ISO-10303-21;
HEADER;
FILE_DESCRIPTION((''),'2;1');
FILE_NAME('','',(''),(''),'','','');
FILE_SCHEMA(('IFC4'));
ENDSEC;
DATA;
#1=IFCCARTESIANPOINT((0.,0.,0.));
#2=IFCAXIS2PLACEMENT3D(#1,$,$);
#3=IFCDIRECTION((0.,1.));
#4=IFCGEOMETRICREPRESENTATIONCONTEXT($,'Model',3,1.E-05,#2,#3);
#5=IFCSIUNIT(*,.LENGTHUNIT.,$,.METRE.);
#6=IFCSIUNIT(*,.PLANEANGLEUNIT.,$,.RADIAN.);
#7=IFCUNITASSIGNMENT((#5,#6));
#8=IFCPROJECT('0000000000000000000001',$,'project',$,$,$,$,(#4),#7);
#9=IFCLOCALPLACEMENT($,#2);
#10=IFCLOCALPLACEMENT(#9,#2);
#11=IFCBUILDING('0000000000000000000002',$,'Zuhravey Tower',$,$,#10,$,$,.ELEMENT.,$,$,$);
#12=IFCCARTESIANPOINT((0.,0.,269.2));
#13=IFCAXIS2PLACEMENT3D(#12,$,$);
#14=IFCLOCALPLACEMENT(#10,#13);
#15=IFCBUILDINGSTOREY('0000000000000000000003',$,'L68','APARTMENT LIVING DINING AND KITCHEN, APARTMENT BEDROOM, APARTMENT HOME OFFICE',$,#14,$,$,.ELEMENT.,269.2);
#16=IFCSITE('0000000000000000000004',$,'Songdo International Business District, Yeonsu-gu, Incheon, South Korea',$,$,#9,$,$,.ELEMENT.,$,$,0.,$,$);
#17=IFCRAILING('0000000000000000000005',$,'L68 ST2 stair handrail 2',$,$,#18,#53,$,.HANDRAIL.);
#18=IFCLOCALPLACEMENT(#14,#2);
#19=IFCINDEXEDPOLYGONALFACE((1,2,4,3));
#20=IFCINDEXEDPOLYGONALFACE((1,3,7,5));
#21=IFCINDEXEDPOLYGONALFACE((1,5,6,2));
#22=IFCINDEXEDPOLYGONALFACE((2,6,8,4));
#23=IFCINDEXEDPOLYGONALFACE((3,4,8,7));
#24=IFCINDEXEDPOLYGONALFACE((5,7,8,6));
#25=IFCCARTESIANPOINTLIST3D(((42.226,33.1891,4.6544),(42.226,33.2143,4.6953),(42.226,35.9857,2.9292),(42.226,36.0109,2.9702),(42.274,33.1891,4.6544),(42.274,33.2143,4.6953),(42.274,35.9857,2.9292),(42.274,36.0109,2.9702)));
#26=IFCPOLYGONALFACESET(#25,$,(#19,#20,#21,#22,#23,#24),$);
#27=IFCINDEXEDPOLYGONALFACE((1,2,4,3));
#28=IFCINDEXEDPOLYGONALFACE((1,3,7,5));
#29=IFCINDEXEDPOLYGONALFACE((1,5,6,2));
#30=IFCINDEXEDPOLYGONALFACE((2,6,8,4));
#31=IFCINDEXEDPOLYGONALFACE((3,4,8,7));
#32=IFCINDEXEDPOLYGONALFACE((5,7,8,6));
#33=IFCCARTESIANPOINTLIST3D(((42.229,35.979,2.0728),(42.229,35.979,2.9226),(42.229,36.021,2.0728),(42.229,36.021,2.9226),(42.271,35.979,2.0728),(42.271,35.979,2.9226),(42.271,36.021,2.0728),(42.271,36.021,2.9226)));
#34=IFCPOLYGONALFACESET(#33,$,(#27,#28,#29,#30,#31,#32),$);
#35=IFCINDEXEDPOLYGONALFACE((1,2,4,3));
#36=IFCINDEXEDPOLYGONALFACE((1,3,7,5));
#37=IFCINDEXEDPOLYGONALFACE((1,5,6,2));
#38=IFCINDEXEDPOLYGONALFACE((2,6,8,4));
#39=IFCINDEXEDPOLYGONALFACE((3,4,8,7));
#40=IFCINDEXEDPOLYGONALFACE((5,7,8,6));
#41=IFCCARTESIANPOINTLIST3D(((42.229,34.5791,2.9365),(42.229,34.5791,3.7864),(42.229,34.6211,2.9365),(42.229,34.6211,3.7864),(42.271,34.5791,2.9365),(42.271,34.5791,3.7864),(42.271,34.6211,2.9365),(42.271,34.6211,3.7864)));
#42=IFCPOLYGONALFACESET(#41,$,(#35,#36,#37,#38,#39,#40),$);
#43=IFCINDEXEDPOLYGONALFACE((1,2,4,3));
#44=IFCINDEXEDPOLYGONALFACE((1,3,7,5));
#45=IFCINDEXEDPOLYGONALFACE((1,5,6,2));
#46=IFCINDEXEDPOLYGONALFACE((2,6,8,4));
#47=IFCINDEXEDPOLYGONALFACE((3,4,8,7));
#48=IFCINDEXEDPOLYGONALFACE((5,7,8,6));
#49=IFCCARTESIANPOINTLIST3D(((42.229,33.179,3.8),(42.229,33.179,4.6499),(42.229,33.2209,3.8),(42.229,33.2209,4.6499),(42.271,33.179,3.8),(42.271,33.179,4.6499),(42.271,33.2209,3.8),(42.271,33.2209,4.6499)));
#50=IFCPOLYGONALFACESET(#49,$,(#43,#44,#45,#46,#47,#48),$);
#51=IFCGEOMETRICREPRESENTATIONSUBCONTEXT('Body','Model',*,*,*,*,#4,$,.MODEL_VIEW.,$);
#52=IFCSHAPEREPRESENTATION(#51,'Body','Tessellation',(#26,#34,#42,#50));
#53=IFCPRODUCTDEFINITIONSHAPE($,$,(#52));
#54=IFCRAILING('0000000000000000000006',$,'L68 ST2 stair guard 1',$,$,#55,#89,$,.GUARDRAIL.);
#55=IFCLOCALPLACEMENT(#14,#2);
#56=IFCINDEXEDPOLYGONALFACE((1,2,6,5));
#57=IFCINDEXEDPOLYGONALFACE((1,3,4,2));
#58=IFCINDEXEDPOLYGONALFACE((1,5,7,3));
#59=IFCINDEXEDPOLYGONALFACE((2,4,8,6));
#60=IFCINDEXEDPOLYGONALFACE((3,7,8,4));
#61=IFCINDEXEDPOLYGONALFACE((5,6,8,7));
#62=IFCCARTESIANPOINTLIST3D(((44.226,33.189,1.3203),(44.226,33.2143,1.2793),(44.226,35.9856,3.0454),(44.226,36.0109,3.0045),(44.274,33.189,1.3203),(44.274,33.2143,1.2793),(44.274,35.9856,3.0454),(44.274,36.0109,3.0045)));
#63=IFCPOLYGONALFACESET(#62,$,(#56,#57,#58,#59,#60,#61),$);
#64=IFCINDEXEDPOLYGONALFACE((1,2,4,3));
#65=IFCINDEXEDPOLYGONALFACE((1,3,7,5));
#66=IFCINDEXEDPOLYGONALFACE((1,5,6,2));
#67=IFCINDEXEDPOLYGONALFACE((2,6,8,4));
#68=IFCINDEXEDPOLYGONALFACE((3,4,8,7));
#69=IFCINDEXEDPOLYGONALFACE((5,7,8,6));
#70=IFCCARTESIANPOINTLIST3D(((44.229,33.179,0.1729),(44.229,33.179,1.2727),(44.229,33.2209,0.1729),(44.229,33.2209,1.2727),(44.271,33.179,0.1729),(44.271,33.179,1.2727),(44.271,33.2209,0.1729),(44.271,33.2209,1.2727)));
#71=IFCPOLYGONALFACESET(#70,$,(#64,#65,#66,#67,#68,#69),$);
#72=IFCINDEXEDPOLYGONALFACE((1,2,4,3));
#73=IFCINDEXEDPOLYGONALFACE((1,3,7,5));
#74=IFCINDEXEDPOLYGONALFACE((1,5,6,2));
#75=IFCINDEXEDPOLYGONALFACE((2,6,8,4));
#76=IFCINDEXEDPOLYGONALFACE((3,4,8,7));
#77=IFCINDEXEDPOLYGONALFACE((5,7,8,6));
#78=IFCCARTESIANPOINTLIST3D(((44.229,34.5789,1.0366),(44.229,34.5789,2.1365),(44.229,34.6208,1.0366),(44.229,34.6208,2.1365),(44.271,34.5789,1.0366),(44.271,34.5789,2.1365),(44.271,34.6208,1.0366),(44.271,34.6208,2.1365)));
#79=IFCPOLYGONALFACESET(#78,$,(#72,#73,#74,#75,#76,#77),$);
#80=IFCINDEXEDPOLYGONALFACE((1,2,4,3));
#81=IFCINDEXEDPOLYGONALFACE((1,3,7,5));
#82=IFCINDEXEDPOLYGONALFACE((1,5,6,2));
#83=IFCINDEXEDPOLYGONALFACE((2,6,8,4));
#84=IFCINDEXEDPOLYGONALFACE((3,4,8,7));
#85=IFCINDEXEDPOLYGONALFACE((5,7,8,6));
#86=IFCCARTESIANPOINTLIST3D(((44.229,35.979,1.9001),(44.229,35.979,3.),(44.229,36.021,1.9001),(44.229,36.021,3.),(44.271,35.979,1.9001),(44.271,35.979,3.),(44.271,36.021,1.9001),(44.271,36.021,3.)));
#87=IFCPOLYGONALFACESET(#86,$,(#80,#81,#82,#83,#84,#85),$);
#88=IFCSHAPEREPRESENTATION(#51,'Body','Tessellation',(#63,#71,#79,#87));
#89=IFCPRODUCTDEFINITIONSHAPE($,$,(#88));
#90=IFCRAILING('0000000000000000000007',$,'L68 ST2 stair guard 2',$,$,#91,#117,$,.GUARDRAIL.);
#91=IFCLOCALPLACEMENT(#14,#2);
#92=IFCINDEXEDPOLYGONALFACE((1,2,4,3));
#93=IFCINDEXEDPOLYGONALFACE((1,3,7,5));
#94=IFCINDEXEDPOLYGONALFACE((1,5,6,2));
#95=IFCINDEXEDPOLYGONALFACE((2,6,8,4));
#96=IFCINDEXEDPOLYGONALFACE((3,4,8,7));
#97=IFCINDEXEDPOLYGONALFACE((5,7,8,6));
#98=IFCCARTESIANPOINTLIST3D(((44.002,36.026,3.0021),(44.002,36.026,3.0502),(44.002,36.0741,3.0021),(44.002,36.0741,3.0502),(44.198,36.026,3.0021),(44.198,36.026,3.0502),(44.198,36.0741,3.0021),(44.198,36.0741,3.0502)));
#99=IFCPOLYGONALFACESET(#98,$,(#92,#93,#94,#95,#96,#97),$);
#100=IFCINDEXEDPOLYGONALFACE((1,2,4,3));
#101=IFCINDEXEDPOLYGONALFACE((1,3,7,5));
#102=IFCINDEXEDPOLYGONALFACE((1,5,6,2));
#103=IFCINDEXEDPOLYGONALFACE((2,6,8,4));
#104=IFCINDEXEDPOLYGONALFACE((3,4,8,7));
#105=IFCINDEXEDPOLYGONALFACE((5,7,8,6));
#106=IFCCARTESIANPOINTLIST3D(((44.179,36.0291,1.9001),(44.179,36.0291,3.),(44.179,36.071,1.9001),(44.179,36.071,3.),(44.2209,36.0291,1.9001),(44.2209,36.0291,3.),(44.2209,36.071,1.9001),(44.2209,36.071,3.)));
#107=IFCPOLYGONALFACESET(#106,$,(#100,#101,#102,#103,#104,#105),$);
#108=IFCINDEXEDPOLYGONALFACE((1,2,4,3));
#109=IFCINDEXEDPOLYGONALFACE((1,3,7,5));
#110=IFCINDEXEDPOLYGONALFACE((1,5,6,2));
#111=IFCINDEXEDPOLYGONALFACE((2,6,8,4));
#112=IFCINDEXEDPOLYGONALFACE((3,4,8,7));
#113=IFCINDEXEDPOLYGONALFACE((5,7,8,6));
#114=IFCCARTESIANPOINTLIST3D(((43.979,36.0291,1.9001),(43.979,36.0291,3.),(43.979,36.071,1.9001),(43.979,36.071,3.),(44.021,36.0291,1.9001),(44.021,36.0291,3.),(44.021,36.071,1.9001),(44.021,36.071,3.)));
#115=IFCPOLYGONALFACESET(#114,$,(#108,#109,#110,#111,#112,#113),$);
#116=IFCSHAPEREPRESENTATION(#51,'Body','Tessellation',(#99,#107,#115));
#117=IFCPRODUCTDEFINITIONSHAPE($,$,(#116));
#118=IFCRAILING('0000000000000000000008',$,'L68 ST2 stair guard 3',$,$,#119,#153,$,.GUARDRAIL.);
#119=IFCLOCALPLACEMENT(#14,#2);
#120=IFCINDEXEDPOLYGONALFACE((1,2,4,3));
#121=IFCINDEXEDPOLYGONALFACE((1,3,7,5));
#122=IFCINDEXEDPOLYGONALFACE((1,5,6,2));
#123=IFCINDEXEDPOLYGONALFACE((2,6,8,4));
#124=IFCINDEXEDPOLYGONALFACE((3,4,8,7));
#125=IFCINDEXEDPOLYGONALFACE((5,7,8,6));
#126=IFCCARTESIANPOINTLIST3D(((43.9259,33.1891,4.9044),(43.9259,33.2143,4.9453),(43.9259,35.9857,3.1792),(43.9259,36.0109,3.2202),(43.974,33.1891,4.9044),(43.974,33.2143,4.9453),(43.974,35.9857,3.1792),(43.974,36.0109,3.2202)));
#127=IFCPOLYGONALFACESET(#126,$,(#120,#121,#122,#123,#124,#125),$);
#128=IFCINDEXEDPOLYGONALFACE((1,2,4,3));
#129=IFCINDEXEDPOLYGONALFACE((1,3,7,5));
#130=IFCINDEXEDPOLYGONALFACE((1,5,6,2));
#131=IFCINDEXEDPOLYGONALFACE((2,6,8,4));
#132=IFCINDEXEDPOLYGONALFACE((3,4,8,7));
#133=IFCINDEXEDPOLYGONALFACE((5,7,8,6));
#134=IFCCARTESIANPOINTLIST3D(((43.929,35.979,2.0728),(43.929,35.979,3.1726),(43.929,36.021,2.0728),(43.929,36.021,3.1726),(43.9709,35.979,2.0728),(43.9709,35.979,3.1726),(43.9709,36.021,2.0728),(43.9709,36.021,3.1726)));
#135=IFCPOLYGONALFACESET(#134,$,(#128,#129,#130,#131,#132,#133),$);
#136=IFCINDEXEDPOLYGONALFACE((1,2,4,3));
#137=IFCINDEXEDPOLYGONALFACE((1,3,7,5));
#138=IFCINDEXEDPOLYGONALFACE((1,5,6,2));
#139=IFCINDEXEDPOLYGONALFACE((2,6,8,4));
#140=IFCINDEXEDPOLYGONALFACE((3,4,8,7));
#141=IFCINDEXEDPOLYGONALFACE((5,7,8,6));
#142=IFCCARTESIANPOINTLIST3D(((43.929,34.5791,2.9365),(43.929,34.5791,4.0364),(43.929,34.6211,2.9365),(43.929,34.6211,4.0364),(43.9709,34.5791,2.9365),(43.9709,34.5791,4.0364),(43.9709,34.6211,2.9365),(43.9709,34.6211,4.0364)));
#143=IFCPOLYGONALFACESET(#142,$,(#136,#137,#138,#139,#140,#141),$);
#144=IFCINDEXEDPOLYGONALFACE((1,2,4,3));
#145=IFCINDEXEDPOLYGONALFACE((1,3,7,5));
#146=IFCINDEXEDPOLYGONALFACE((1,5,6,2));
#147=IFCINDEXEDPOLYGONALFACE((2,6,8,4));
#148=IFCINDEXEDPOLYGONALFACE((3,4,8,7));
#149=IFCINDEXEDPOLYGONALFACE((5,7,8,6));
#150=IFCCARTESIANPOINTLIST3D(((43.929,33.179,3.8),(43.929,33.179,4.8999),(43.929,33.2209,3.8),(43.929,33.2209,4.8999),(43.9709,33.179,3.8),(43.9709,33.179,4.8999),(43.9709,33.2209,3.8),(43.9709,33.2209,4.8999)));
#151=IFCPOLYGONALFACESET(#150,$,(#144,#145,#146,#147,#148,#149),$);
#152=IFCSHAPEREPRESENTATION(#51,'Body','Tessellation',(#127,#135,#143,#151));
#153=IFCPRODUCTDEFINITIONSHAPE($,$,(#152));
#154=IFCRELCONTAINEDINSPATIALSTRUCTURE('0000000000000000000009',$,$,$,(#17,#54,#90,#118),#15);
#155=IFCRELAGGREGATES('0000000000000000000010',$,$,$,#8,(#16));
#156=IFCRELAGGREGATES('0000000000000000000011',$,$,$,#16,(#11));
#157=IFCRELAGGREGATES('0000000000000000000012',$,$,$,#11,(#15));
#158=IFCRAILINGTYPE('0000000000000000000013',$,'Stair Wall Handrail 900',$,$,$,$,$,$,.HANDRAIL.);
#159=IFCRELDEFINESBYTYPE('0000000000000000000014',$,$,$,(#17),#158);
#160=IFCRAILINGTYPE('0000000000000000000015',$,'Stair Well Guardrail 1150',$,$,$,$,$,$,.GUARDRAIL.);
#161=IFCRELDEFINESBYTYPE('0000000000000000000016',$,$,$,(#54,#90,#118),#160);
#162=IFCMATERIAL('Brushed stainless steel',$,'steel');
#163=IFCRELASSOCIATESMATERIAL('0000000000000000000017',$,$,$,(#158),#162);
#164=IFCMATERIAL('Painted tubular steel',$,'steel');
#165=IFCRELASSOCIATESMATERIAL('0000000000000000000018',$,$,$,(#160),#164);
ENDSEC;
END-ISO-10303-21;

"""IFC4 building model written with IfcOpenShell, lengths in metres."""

from ifc_helpers import new_model, si_unit, direction, frame, origin, origin_2d, place, context, subcontext, project, spatial, rectangle, extrude, material, type_object, element, save


model = new_model("IFC4")

# Units and contexts
model_context = context("Model", 3, precision=1e-05, world=origin(), true_north=direction((0.0, 1.0)))
body_context = subcontext(model_context, "Body", "Model", "MODEL_VIEW")
ifc_project = project(units=[si_unit("LENGTHUNIT", "METRE"), si_unit("PLANEANGLEUNIT", "RADIAN")], contexts=[model_context])

# Site, building, storey
site_placement = place(None, origin())
site = spatial("IfcSite", under=ifc_project, at=site_placement, Name="Songdo International Business District, Yeonsu-gu, Incheon, South Korea", CompositionType="ELEMENT", RefElevation=0.0)
building_placement = place(site_placement, origin())
building = spatial("IfcBuilding", under=site, at=building_placement, Name="Zuhravey Tower", CompositionType="ELEMENT")
storey_placement = place(building_placement, frame((0.0, 0.0, 269.2)))
storey = spatial("IfcBuildingStorey", under=building, at=storey_placement, Name="L68", Description="APARTMENT LIVING DINING AND KITCHEN, APARTMENT BEDROOM, APARTMENT HOME OFFICE", CompositionType="ELEMENT", Elevation=269.2)

# Railings
ifc_material_1 = material(Name="Brushed stainless steel", Category="steel")
railing_type_1 = type_object("IfcRailingType", Name="Stair Wall Handrail 900", PredefinedType="HANDRAIL", material=ifc_material_1)
railing_1_placement = place(storey_placement, frame((42.25, 36.0, 2.0728)))
element("IfcRailing", 1, at=railing_1_placement, inside=storey, type_object=railing_type_1, Name="L68 ST2 stair handrail 2", PredefinedType="HANDRAIL", context=body_context, shape_type="SweptSolid", body=[
    extrude(rectangle(XDim=0.0481, YDim=0.0481, at=origin_2d()), frame((0.0, -0.0017, 0.877), z_axis=(0.0, -0.85109, 0.52502), x_axis=(1.0, 0.0, 0.0)), (0.0, 0.0, 1.0), 3.2859),
    extrude(rectangle(XDim=0.042, YDim=0.042, at=origin_2d()), origin(), (0.0, 0.0, 1.0), 0.8499),
    extrude(rectangle(XDim=0.042, YDim=0.042, at=origin_2d()), frame((0.0, -1.3999, 0.8638)), (0.0, 0.0, 1.0), 0.8499),
    extrude(rectangle(XDim=0.042, YDim=0.042, at=origin_2d()), frame((0.0, -2.8, 1.7273)), (0.0, 0.0, 1.0), 0.8499),
])
ifc_material_2 = material(Name="Painted tubular steel", Category="steel")
railing_type_2 = type_object("IfcRailingType", Name="Stair Well Guardrail 1150", PredefinedType="GUARDRAIL", material=ifc_material_2)
railing_2_placement = place(storey_placement, frame((44.25, 33.2, 0.1729)))
element("IfcRailing", 2, at=railing_2_placement, inside=storey, type_object=railing_type_2, Name="L68 ST2 stair guard 1", PredefinedType="GUARDRAIL", context=body_context, shape_type="SweptSolid", body=[
    extrude(rectangle(XDim=0.0481, YDim=0.0481, at=origin_2d()), frame((0.0, 0.0017, 1.127), z_axis=(0.0, 0.85109, 0.52502), x_axis=(-1.0, 0.0, 0.0)), (0.0, 0.0, 1.0), 3.2859),
    extrude(rectangle(XDim=0.042, YDim=0.042, at=origin_2d()), origin(), (0.0, 0.0, 1.0), 1.0999),
    extrude(rectangle(XDim=0.042, YDim=0.042, at=origin_2d()), frame((0.0, 1.3999, 0.8638)), (0.0, 0.0, 1.0), 1.0999),
    extrude(rectangle(XDim=0.042, YDim=0.042, at=origin_2d()), frame((0.0, 2.8, 1.7273)), (0.0, 0.0, 1.0), 1.0999),
])
railing_3_placement = place(storey_placement, frame((44.2, 36.05, 1.9001)))
element("IfcRailing", 3, at=railing_3_placement, inside=storey, type_object=railing_type_2, Name="L68 ST2 stair guard 2", PredefinedType="GUARDRAIL", context=body_context, shape_type="SweptSolid", body=[
    extrude(rectangle(XDim=0.0481, YDim=0.0481, at=origin_2d()), frame((-0.002, 0.0, 1.126), z_axis=(-1.0, 0.0, 0.0), x_axis=(0.0, -1.0, 0.0)), (0.0, 0.0, 1.0), 0.196),
    extrude(rectangle(XDim=0.042, YDim=0.042, at=origin_2d()), origin(), (0.0, 0.0, 1.0), 1.0999),
    extrude(rectangle(XDim=0.042, YDim=0.042, at=origin_2d()), frame((-0.2, 0.0, 0.0)), (0.0, 0.0, 1.0), 1.0999),
])
railing_4_placement = place(storey_placement, frame((43.95, 36.0, 2.0728)))
element("IfcRailing", 4, at=railing_4_placement, inside=storey, type_object=railing_type_2, Name="L68 ST2 stair guard 3", PredefinedType="GUARDRAIL", context=body_context, shape_type="SweptSolid", body=[
    extrude(rectangle(XDim=0.0481, YDim=0.0481, at=origin_2d()), frame((0.0, -0.0017, 1.127), z_axis=(0.0, -0.85109, 0.52502), x_axis=(1.0, 0.0, 0.0)), (0.0, 0.0, 1.0), 3.2859),
    extrude(rectangle(XDim=0.042, YDim=0.042, at=origin_2d()), origin(), (0.0, 0.0, 1.0), 1.0999),
    extrude(rectangle(XDim=0.042, YDim=0.042, at=origin_2d()), frame((0.0, -1.3999, 0.8638)), (0.0, 0.0, 1.0), 1.0999),
    extrude(rectangle(XDim=0.042, YDim=0.042, at=origin_2d()), frame((0.0, -2.8, 1.7273)), (0.0, 0.0, 1.0), 1.0999),
])

save(model, "model.ifc")
